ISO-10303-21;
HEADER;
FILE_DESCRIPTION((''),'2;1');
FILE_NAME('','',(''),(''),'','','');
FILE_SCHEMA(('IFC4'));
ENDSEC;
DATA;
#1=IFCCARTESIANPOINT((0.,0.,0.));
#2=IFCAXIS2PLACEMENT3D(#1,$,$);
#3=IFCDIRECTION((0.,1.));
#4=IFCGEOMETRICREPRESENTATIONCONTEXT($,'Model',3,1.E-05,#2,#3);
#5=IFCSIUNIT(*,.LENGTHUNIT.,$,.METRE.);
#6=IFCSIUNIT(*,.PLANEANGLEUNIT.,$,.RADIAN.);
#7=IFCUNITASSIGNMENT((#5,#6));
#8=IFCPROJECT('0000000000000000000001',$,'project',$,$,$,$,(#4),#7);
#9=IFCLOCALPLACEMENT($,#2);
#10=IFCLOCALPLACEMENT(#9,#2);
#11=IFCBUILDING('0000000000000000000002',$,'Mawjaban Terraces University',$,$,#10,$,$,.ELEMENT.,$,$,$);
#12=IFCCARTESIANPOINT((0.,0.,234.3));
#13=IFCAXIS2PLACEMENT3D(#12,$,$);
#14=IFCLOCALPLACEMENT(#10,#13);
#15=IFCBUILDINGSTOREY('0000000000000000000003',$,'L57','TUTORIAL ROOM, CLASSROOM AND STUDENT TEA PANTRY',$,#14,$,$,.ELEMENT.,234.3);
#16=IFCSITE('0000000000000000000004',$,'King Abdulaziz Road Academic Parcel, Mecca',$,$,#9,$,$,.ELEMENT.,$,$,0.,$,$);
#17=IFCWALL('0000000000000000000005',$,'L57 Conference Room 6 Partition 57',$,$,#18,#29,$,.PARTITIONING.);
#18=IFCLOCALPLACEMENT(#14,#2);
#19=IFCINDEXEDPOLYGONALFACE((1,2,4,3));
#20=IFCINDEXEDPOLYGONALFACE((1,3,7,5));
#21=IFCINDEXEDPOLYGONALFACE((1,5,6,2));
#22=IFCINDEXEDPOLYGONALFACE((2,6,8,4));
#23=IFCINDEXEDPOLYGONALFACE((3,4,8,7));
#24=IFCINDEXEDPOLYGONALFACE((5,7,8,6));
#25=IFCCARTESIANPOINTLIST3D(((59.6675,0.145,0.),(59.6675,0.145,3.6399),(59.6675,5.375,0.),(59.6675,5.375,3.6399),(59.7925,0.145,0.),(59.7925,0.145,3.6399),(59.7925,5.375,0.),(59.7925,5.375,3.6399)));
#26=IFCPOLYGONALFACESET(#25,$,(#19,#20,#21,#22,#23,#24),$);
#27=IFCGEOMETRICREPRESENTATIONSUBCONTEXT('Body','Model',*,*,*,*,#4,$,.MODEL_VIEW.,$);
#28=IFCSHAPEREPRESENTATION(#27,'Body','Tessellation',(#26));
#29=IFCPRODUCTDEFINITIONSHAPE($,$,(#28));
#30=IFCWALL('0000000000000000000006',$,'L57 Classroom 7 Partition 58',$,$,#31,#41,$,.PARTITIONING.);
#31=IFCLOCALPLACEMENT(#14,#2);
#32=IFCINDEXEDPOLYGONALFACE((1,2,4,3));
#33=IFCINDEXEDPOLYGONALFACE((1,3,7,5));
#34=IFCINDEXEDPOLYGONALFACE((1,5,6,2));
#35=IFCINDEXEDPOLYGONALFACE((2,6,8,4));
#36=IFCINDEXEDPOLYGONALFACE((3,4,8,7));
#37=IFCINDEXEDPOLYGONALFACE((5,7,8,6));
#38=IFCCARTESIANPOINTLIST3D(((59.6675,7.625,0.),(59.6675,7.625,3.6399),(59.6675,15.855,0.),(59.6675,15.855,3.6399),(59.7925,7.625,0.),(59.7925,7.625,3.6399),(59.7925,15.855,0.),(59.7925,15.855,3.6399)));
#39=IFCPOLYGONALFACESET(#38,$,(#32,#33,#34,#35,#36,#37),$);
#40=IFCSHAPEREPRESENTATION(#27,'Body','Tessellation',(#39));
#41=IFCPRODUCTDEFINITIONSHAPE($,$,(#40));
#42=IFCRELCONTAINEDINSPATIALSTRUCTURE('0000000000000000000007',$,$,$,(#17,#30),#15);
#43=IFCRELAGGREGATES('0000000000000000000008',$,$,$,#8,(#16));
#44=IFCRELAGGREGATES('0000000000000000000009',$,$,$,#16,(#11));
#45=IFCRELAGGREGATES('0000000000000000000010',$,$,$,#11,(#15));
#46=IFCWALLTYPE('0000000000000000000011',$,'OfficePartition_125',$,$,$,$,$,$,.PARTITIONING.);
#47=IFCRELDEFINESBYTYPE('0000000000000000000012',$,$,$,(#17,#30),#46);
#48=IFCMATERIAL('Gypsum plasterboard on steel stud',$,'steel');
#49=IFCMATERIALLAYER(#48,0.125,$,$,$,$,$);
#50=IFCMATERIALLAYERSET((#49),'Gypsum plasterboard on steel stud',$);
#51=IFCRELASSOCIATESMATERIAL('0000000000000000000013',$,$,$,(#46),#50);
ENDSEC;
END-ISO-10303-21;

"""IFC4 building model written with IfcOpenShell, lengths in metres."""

from ifc_helpers import new_model, si_unit, direction, frame, frame_2d, origin, place, context, subcontext, project, spatial, rectangle, extrude, material, layer, layer_set, type_object, element, save


model = new_model("IFC4")

# Units and contexts
model_context = context("Model", 3, precision=1e-05, world=origin(), true_north=direction((0.0, 1.0)))
body_context = subcontext(model_context, "Body", "Model", "MODEL_VIEW")
ifc_project = project(units=[si_unit("LENGTHUNIT", "METRE"), si_unit("PLANEANGLEUNIT", "RADIAN")], contexts=[model_context])

# Site, building, storey
site_placement = place(None, origin())
site = spatial("IfcSite", under=ifc_project, at=site_placement, Name="King Abdulaziz Road Academic Parcel, Mecca", CompositionType="ELEMENT", RefElevation=0.0)
building_placement = place(site_placement, origin())
building = spatial("IfcBuilding", under=site, at=building_placement, Name="Mawjaban Terraces University", CompositionType="ELEMENT")
storey_placement = place(building_placement, frame((0.0, 0.0, 234.3)))
storey = spatial("IfcBuildingStorey", under=building, at=storey_placement, Name="L57", Description="TUTORIAL ROOM, CLASSROOM AND STUDENT TEA PANTRY", CompositionType="ELEMENT", Elevation=234.3)

# Walls
ifc_material_1 = material(Name="Gypsum plasterboard on steel stud", Category="steel")
ifc_layer_1 = layer(ifc_material_1, 0.125)
ifc_layer_set_1 = layer_set([ifc_layer_1], Name="Gypsum plasterboard on steel stud")
wall_type_1 = type_object("IfcWallType", Name="OfficePartition_125", PredefinedType="PARTITIONING", material=ifc_layer_set_1)
wall_1_placement = place(storey_placement, frame((59.73, 0.145, 0.0), z_axis=(0.0, 0.0, 1.0), x_axis=(0.0, 1.0, 0.0)))
element("IfcWall", 1, at=wall_1_placement, inside=storey, type_object=wall_type_1, Name="L57 Conference Room 6 Partition 57", PredefinedType="PARTITIONING", context=body_context, shape_type="SweptSolid", body=[
    extrude(rectangle(XDim=5.23, YDim=0.125, at=frame_2d((2.615, 0.0))), origin(), (0.0, 0.0, 1.0), 3.6399),
])
wall_2_placement = place(storey_placement, frame((59.73, 7.625, 0.0), z_axis=(0.0, 0.0, 1.0), x_axis=(0.0, 1.0, 0.0)))
element("IfcWall", 2, at=wall_2_placement, inside=storey, type_object=wall_type_1, Name="L57 Classroom 7 Partition 58", PredefinedType="PARTITIONING", context=body_context, shape_type="SweptSolid", body=[
    extrude(rectangle(XDim=8.23, YDim=0.125, at=frame_2d((4.115, 0.0))), origin(), (0.0, 0.0, 1.0), 3.6399),
])

save(model, "model.ifc")
